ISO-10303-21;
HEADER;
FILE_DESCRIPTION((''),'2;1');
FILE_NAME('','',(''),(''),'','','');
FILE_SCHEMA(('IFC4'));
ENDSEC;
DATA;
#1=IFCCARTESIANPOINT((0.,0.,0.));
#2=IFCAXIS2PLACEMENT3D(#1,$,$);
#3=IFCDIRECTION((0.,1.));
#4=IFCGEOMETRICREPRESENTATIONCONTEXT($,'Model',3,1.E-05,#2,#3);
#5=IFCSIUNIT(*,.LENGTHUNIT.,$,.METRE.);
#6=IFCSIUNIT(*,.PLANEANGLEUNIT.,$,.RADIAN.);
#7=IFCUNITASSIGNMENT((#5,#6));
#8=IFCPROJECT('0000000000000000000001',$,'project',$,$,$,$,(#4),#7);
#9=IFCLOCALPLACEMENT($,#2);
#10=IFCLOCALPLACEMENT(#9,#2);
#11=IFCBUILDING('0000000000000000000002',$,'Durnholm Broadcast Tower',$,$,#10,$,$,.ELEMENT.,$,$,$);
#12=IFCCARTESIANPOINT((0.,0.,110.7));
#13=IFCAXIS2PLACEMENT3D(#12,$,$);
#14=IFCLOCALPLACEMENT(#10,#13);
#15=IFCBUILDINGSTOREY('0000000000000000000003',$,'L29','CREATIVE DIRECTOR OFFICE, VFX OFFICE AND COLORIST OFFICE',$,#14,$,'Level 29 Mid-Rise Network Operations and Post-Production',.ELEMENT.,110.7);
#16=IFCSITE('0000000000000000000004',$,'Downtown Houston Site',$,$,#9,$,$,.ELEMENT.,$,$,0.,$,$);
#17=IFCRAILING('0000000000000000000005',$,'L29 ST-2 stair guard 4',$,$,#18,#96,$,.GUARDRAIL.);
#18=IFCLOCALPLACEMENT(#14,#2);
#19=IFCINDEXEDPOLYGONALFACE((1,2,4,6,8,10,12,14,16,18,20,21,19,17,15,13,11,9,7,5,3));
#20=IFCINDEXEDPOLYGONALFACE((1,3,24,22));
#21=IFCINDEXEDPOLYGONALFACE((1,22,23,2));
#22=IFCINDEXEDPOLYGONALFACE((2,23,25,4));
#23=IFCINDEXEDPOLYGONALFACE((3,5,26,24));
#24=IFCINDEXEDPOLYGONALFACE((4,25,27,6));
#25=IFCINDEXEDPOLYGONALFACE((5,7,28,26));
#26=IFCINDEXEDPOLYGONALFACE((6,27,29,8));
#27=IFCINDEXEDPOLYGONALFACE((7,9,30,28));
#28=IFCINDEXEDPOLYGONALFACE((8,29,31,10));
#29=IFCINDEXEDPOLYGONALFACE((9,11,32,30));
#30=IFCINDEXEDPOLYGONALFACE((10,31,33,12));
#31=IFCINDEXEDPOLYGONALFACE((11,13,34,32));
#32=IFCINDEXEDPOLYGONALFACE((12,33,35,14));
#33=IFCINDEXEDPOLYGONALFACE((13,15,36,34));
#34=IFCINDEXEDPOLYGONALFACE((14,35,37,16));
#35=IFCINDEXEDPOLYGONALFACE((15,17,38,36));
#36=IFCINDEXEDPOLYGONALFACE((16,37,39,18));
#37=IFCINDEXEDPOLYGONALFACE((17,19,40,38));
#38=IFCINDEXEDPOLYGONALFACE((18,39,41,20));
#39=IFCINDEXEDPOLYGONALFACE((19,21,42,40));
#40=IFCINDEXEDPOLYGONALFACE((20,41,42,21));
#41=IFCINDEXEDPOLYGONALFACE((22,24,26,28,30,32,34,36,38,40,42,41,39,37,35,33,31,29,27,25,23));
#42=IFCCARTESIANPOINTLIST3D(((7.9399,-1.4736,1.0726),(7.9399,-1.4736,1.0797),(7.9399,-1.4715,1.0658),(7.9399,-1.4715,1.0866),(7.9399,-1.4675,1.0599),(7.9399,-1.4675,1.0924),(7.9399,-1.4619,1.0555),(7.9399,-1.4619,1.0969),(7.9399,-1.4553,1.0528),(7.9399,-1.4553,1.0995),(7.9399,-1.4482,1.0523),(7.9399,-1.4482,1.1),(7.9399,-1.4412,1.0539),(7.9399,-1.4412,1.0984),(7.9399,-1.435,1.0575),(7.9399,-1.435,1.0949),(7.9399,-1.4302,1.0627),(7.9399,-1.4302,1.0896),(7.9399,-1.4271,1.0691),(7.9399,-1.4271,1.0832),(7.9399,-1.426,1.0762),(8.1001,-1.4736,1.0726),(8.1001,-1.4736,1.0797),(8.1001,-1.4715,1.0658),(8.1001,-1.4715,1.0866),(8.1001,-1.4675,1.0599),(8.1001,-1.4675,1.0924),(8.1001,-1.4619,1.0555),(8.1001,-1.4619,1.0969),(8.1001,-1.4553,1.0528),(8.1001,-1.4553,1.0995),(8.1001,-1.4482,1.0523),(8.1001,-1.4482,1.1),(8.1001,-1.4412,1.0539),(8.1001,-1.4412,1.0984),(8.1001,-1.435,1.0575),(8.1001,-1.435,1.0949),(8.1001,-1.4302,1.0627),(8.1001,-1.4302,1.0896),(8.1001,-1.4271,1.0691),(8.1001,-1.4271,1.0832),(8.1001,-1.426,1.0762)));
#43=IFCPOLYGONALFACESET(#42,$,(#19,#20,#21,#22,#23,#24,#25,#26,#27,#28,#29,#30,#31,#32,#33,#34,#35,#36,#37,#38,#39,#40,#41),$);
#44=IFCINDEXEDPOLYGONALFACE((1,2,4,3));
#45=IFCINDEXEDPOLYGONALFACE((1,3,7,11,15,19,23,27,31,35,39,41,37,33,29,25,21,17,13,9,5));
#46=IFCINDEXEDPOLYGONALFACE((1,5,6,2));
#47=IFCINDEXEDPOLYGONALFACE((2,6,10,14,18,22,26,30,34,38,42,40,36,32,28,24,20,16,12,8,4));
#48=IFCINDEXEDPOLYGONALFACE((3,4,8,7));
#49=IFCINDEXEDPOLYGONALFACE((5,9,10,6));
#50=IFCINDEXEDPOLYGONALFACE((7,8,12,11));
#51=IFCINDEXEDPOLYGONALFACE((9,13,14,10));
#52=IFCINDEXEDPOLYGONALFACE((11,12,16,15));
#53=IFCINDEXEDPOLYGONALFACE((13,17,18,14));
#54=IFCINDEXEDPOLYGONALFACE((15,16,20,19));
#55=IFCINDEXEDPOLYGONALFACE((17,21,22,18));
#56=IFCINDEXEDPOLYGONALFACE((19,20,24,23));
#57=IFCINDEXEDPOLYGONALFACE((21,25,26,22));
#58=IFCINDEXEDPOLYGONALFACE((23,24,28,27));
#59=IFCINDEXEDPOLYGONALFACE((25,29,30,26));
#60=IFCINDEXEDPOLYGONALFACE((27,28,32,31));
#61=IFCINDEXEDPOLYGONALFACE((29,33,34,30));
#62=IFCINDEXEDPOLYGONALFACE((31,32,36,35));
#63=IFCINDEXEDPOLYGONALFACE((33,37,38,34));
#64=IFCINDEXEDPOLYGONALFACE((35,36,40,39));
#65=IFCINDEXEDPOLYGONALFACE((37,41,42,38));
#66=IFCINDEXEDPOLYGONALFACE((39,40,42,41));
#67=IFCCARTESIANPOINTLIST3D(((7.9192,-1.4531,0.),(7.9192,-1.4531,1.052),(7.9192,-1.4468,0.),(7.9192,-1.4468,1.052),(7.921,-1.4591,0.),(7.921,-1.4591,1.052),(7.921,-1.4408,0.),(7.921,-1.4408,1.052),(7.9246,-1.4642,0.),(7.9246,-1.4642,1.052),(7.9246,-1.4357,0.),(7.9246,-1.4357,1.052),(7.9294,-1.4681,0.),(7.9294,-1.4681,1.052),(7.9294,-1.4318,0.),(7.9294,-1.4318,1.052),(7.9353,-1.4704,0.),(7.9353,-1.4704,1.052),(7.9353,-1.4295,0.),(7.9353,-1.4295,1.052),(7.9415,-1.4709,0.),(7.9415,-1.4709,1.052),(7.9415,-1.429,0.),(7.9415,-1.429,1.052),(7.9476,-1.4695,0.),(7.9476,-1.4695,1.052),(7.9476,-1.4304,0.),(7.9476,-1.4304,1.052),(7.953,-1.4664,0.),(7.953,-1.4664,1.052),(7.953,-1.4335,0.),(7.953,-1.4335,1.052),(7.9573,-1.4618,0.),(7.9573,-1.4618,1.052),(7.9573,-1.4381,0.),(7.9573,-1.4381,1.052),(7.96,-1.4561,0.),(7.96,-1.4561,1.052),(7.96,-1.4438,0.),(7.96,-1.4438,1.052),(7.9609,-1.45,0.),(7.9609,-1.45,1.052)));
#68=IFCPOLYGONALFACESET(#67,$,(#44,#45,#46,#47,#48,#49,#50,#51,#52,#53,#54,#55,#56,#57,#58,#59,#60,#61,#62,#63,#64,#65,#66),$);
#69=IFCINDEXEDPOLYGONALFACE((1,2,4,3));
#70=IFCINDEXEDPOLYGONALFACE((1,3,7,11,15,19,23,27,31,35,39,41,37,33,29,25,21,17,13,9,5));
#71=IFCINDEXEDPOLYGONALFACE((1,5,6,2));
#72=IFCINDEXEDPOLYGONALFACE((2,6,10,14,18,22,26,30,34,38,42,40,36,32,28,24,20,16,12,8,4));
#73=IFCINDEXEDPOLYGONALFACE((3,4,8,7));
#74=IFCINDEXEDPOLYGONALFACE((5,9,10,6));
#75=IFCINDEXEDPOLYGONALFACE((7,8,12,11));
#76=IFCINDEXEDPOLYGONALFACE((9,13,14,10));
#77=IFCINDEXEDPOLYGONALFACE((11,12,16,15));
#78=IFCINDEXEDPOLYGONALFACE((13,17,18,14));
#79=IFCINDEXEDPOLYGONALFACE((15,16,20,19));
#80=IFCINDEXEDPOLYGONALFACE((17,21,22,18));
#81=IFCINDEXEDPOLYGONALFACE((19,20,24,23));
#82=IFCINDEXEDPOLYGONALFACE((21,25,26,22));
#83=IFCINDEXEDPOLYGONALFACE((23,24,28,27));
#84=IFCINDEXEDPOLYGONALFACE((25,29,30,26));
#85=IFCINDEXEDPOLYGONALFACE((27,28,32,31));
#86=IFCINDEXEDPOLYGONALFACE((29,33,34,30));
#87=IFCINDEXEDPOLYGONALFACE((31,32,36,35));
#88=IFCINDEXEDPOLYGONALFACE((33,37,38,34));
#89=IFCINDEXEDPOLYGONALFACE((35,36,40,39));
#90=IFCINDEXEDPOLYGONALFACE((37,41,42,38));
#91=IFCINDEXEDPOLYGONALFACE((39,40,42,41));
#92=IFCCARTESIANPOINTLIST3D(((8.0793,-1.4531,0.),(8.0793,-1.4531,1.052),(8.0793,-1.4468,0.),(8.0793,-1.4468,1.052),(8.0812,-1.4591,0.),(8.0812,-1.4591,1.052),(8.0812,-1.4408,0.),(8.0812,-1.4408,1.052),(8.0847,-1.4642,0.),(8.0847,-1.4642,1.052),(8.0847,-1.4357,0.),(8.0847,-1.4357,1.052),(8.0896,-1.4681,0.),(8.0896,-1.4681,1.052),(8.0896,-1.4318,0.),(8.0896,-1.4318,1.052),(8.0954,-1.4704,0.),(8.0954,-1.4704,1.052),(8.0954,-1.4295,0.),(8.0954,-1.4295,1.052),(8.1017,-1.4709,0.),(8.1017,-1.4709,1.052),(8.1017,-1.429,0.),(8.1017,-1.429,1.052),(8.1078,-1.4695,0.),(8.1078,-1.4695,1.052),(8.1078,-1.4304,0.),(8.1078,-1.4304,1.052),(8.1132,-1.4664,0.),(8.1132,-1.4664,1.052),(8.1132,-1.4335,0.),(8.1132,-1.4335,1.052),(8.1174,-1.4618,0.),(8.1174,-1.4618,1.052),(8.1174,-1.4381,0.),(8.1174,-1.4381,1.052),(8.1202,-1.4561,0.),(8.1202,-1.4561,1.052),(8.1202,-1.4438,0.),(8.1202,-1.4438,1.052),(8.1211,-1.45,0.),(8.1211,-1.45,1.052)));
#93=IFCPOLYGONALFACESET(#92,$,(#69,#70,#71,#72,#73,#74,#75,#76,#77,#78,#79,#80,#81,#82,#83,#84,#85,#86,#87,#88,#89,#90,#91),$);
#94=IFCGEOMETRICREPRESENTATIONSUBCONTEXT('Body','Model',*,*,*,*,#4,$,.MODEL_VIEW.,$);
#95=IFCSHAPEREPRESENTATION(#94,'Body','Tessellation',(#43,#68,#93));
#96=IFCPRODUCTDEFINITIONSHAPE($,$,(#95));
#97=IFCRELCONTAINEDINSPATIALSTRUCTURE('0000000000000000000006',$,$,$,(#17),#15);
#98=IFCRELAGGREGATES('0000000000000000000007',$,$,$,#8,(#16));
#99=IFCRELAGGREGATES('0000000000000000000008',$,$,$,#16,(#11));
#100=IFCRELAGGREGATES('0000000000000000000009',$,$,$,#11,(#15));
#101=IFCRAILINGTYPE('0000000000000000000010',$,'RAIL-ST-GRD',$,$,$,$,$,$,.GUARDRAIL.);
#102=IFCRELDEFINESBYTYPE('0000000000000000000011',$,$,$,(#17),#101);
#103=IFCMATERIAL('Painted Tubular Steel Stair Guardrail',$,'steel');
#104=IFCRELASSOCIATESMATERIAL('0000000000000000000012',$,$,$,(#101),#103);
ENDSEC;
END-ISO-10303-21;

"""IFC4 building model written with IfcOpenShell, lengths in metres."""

from ifc_helpers import new_model, si_unit, direction, frame, origin, origin_2d, place, context, subcontext, project, spatial, circle, extrude, material, type_object, element, save


model = new_model("IFC4")

# Units and contexts
model_context = context("Model", 3, precision=1e-05, world=origin(), true_north=direction((0.0, 1.0)))
body_context = subcontext(model_context, "Body", "Model", "MODEL_VIEW")
ifc_project = project(units=[si_unit("LENGTHUNIT", "METRE"), si_unit("PLANEANGLEUNIT", "RADIAN")], contexts=[model_context])

# Site, building, storey
site_placement = place(None, origin())
site = spatial("IfcSite", under=ifc_project, at=site_placement, Name="Downtown Houston Site", CompositionType="ELEMENT", RefElevation=0.0)
building_placement = place(site_placement, origin())
building = spatial("IfcBuilding", under=site, at=building_placement, Name="Durnholm Broadcast Tower", CompositionType="ELEMENT")
storey_placement = place(building_placement, frame((0.0, 0.0, 110.7)))
storey = spatial("IfcBuildingStorey", under=building, at=storey_placement, Name="L29", Description="CREATIVE DIRECTOR OFFICE, VFX OFFICE AND COLORIST OFFICE", LongName="Level 29 Mid-Rise Network Operations and Post-Production", CompositionType="ELEMENT", Elevation=110.7)

# Railing
ifc_material_1 = material(Name="Painted Tubular Steel Stair Guardrail", Category="steel")
railing_type_1 = type_object("IfcRailingType", Name="RAIL-ST-GRD", PredefinedType="GUARDRAIL", material=ifc_material_1)
railing_1_placement = place(storey_placement, frame((7.9399, -1.45, 0.0)))
element("IfcRailing", 1, at=railing_1_placement, inside=storey, type_object=railing_type_1, Name="L29 ST-2 stair guard 4", PredefinedType="GUARDRAIL", context=body_context, shape_type="SweptSolid", body=[
    extrude(circle(Radius=0.0239, at=origin_2d()), frame((0.0, 0.0, 1.0762), z_axis=(1.0, 0.0, 0.0), x_axis=(0.0, 1.0, 0.0)), (0.0, 0.0, 1.0), 0.1602),
    extrude(circle(Radius=0.021, at=origin_2d()), origin(), (0.0, 0.0, 1.0), 1.052),
    extrude(circle(Radius=0.021, at=origin_2d()), frame((0.1602, 0.0, 0.0)), (0.0, 0.0, 1.0), 1.052),
])

save(model, "model.ifc")
